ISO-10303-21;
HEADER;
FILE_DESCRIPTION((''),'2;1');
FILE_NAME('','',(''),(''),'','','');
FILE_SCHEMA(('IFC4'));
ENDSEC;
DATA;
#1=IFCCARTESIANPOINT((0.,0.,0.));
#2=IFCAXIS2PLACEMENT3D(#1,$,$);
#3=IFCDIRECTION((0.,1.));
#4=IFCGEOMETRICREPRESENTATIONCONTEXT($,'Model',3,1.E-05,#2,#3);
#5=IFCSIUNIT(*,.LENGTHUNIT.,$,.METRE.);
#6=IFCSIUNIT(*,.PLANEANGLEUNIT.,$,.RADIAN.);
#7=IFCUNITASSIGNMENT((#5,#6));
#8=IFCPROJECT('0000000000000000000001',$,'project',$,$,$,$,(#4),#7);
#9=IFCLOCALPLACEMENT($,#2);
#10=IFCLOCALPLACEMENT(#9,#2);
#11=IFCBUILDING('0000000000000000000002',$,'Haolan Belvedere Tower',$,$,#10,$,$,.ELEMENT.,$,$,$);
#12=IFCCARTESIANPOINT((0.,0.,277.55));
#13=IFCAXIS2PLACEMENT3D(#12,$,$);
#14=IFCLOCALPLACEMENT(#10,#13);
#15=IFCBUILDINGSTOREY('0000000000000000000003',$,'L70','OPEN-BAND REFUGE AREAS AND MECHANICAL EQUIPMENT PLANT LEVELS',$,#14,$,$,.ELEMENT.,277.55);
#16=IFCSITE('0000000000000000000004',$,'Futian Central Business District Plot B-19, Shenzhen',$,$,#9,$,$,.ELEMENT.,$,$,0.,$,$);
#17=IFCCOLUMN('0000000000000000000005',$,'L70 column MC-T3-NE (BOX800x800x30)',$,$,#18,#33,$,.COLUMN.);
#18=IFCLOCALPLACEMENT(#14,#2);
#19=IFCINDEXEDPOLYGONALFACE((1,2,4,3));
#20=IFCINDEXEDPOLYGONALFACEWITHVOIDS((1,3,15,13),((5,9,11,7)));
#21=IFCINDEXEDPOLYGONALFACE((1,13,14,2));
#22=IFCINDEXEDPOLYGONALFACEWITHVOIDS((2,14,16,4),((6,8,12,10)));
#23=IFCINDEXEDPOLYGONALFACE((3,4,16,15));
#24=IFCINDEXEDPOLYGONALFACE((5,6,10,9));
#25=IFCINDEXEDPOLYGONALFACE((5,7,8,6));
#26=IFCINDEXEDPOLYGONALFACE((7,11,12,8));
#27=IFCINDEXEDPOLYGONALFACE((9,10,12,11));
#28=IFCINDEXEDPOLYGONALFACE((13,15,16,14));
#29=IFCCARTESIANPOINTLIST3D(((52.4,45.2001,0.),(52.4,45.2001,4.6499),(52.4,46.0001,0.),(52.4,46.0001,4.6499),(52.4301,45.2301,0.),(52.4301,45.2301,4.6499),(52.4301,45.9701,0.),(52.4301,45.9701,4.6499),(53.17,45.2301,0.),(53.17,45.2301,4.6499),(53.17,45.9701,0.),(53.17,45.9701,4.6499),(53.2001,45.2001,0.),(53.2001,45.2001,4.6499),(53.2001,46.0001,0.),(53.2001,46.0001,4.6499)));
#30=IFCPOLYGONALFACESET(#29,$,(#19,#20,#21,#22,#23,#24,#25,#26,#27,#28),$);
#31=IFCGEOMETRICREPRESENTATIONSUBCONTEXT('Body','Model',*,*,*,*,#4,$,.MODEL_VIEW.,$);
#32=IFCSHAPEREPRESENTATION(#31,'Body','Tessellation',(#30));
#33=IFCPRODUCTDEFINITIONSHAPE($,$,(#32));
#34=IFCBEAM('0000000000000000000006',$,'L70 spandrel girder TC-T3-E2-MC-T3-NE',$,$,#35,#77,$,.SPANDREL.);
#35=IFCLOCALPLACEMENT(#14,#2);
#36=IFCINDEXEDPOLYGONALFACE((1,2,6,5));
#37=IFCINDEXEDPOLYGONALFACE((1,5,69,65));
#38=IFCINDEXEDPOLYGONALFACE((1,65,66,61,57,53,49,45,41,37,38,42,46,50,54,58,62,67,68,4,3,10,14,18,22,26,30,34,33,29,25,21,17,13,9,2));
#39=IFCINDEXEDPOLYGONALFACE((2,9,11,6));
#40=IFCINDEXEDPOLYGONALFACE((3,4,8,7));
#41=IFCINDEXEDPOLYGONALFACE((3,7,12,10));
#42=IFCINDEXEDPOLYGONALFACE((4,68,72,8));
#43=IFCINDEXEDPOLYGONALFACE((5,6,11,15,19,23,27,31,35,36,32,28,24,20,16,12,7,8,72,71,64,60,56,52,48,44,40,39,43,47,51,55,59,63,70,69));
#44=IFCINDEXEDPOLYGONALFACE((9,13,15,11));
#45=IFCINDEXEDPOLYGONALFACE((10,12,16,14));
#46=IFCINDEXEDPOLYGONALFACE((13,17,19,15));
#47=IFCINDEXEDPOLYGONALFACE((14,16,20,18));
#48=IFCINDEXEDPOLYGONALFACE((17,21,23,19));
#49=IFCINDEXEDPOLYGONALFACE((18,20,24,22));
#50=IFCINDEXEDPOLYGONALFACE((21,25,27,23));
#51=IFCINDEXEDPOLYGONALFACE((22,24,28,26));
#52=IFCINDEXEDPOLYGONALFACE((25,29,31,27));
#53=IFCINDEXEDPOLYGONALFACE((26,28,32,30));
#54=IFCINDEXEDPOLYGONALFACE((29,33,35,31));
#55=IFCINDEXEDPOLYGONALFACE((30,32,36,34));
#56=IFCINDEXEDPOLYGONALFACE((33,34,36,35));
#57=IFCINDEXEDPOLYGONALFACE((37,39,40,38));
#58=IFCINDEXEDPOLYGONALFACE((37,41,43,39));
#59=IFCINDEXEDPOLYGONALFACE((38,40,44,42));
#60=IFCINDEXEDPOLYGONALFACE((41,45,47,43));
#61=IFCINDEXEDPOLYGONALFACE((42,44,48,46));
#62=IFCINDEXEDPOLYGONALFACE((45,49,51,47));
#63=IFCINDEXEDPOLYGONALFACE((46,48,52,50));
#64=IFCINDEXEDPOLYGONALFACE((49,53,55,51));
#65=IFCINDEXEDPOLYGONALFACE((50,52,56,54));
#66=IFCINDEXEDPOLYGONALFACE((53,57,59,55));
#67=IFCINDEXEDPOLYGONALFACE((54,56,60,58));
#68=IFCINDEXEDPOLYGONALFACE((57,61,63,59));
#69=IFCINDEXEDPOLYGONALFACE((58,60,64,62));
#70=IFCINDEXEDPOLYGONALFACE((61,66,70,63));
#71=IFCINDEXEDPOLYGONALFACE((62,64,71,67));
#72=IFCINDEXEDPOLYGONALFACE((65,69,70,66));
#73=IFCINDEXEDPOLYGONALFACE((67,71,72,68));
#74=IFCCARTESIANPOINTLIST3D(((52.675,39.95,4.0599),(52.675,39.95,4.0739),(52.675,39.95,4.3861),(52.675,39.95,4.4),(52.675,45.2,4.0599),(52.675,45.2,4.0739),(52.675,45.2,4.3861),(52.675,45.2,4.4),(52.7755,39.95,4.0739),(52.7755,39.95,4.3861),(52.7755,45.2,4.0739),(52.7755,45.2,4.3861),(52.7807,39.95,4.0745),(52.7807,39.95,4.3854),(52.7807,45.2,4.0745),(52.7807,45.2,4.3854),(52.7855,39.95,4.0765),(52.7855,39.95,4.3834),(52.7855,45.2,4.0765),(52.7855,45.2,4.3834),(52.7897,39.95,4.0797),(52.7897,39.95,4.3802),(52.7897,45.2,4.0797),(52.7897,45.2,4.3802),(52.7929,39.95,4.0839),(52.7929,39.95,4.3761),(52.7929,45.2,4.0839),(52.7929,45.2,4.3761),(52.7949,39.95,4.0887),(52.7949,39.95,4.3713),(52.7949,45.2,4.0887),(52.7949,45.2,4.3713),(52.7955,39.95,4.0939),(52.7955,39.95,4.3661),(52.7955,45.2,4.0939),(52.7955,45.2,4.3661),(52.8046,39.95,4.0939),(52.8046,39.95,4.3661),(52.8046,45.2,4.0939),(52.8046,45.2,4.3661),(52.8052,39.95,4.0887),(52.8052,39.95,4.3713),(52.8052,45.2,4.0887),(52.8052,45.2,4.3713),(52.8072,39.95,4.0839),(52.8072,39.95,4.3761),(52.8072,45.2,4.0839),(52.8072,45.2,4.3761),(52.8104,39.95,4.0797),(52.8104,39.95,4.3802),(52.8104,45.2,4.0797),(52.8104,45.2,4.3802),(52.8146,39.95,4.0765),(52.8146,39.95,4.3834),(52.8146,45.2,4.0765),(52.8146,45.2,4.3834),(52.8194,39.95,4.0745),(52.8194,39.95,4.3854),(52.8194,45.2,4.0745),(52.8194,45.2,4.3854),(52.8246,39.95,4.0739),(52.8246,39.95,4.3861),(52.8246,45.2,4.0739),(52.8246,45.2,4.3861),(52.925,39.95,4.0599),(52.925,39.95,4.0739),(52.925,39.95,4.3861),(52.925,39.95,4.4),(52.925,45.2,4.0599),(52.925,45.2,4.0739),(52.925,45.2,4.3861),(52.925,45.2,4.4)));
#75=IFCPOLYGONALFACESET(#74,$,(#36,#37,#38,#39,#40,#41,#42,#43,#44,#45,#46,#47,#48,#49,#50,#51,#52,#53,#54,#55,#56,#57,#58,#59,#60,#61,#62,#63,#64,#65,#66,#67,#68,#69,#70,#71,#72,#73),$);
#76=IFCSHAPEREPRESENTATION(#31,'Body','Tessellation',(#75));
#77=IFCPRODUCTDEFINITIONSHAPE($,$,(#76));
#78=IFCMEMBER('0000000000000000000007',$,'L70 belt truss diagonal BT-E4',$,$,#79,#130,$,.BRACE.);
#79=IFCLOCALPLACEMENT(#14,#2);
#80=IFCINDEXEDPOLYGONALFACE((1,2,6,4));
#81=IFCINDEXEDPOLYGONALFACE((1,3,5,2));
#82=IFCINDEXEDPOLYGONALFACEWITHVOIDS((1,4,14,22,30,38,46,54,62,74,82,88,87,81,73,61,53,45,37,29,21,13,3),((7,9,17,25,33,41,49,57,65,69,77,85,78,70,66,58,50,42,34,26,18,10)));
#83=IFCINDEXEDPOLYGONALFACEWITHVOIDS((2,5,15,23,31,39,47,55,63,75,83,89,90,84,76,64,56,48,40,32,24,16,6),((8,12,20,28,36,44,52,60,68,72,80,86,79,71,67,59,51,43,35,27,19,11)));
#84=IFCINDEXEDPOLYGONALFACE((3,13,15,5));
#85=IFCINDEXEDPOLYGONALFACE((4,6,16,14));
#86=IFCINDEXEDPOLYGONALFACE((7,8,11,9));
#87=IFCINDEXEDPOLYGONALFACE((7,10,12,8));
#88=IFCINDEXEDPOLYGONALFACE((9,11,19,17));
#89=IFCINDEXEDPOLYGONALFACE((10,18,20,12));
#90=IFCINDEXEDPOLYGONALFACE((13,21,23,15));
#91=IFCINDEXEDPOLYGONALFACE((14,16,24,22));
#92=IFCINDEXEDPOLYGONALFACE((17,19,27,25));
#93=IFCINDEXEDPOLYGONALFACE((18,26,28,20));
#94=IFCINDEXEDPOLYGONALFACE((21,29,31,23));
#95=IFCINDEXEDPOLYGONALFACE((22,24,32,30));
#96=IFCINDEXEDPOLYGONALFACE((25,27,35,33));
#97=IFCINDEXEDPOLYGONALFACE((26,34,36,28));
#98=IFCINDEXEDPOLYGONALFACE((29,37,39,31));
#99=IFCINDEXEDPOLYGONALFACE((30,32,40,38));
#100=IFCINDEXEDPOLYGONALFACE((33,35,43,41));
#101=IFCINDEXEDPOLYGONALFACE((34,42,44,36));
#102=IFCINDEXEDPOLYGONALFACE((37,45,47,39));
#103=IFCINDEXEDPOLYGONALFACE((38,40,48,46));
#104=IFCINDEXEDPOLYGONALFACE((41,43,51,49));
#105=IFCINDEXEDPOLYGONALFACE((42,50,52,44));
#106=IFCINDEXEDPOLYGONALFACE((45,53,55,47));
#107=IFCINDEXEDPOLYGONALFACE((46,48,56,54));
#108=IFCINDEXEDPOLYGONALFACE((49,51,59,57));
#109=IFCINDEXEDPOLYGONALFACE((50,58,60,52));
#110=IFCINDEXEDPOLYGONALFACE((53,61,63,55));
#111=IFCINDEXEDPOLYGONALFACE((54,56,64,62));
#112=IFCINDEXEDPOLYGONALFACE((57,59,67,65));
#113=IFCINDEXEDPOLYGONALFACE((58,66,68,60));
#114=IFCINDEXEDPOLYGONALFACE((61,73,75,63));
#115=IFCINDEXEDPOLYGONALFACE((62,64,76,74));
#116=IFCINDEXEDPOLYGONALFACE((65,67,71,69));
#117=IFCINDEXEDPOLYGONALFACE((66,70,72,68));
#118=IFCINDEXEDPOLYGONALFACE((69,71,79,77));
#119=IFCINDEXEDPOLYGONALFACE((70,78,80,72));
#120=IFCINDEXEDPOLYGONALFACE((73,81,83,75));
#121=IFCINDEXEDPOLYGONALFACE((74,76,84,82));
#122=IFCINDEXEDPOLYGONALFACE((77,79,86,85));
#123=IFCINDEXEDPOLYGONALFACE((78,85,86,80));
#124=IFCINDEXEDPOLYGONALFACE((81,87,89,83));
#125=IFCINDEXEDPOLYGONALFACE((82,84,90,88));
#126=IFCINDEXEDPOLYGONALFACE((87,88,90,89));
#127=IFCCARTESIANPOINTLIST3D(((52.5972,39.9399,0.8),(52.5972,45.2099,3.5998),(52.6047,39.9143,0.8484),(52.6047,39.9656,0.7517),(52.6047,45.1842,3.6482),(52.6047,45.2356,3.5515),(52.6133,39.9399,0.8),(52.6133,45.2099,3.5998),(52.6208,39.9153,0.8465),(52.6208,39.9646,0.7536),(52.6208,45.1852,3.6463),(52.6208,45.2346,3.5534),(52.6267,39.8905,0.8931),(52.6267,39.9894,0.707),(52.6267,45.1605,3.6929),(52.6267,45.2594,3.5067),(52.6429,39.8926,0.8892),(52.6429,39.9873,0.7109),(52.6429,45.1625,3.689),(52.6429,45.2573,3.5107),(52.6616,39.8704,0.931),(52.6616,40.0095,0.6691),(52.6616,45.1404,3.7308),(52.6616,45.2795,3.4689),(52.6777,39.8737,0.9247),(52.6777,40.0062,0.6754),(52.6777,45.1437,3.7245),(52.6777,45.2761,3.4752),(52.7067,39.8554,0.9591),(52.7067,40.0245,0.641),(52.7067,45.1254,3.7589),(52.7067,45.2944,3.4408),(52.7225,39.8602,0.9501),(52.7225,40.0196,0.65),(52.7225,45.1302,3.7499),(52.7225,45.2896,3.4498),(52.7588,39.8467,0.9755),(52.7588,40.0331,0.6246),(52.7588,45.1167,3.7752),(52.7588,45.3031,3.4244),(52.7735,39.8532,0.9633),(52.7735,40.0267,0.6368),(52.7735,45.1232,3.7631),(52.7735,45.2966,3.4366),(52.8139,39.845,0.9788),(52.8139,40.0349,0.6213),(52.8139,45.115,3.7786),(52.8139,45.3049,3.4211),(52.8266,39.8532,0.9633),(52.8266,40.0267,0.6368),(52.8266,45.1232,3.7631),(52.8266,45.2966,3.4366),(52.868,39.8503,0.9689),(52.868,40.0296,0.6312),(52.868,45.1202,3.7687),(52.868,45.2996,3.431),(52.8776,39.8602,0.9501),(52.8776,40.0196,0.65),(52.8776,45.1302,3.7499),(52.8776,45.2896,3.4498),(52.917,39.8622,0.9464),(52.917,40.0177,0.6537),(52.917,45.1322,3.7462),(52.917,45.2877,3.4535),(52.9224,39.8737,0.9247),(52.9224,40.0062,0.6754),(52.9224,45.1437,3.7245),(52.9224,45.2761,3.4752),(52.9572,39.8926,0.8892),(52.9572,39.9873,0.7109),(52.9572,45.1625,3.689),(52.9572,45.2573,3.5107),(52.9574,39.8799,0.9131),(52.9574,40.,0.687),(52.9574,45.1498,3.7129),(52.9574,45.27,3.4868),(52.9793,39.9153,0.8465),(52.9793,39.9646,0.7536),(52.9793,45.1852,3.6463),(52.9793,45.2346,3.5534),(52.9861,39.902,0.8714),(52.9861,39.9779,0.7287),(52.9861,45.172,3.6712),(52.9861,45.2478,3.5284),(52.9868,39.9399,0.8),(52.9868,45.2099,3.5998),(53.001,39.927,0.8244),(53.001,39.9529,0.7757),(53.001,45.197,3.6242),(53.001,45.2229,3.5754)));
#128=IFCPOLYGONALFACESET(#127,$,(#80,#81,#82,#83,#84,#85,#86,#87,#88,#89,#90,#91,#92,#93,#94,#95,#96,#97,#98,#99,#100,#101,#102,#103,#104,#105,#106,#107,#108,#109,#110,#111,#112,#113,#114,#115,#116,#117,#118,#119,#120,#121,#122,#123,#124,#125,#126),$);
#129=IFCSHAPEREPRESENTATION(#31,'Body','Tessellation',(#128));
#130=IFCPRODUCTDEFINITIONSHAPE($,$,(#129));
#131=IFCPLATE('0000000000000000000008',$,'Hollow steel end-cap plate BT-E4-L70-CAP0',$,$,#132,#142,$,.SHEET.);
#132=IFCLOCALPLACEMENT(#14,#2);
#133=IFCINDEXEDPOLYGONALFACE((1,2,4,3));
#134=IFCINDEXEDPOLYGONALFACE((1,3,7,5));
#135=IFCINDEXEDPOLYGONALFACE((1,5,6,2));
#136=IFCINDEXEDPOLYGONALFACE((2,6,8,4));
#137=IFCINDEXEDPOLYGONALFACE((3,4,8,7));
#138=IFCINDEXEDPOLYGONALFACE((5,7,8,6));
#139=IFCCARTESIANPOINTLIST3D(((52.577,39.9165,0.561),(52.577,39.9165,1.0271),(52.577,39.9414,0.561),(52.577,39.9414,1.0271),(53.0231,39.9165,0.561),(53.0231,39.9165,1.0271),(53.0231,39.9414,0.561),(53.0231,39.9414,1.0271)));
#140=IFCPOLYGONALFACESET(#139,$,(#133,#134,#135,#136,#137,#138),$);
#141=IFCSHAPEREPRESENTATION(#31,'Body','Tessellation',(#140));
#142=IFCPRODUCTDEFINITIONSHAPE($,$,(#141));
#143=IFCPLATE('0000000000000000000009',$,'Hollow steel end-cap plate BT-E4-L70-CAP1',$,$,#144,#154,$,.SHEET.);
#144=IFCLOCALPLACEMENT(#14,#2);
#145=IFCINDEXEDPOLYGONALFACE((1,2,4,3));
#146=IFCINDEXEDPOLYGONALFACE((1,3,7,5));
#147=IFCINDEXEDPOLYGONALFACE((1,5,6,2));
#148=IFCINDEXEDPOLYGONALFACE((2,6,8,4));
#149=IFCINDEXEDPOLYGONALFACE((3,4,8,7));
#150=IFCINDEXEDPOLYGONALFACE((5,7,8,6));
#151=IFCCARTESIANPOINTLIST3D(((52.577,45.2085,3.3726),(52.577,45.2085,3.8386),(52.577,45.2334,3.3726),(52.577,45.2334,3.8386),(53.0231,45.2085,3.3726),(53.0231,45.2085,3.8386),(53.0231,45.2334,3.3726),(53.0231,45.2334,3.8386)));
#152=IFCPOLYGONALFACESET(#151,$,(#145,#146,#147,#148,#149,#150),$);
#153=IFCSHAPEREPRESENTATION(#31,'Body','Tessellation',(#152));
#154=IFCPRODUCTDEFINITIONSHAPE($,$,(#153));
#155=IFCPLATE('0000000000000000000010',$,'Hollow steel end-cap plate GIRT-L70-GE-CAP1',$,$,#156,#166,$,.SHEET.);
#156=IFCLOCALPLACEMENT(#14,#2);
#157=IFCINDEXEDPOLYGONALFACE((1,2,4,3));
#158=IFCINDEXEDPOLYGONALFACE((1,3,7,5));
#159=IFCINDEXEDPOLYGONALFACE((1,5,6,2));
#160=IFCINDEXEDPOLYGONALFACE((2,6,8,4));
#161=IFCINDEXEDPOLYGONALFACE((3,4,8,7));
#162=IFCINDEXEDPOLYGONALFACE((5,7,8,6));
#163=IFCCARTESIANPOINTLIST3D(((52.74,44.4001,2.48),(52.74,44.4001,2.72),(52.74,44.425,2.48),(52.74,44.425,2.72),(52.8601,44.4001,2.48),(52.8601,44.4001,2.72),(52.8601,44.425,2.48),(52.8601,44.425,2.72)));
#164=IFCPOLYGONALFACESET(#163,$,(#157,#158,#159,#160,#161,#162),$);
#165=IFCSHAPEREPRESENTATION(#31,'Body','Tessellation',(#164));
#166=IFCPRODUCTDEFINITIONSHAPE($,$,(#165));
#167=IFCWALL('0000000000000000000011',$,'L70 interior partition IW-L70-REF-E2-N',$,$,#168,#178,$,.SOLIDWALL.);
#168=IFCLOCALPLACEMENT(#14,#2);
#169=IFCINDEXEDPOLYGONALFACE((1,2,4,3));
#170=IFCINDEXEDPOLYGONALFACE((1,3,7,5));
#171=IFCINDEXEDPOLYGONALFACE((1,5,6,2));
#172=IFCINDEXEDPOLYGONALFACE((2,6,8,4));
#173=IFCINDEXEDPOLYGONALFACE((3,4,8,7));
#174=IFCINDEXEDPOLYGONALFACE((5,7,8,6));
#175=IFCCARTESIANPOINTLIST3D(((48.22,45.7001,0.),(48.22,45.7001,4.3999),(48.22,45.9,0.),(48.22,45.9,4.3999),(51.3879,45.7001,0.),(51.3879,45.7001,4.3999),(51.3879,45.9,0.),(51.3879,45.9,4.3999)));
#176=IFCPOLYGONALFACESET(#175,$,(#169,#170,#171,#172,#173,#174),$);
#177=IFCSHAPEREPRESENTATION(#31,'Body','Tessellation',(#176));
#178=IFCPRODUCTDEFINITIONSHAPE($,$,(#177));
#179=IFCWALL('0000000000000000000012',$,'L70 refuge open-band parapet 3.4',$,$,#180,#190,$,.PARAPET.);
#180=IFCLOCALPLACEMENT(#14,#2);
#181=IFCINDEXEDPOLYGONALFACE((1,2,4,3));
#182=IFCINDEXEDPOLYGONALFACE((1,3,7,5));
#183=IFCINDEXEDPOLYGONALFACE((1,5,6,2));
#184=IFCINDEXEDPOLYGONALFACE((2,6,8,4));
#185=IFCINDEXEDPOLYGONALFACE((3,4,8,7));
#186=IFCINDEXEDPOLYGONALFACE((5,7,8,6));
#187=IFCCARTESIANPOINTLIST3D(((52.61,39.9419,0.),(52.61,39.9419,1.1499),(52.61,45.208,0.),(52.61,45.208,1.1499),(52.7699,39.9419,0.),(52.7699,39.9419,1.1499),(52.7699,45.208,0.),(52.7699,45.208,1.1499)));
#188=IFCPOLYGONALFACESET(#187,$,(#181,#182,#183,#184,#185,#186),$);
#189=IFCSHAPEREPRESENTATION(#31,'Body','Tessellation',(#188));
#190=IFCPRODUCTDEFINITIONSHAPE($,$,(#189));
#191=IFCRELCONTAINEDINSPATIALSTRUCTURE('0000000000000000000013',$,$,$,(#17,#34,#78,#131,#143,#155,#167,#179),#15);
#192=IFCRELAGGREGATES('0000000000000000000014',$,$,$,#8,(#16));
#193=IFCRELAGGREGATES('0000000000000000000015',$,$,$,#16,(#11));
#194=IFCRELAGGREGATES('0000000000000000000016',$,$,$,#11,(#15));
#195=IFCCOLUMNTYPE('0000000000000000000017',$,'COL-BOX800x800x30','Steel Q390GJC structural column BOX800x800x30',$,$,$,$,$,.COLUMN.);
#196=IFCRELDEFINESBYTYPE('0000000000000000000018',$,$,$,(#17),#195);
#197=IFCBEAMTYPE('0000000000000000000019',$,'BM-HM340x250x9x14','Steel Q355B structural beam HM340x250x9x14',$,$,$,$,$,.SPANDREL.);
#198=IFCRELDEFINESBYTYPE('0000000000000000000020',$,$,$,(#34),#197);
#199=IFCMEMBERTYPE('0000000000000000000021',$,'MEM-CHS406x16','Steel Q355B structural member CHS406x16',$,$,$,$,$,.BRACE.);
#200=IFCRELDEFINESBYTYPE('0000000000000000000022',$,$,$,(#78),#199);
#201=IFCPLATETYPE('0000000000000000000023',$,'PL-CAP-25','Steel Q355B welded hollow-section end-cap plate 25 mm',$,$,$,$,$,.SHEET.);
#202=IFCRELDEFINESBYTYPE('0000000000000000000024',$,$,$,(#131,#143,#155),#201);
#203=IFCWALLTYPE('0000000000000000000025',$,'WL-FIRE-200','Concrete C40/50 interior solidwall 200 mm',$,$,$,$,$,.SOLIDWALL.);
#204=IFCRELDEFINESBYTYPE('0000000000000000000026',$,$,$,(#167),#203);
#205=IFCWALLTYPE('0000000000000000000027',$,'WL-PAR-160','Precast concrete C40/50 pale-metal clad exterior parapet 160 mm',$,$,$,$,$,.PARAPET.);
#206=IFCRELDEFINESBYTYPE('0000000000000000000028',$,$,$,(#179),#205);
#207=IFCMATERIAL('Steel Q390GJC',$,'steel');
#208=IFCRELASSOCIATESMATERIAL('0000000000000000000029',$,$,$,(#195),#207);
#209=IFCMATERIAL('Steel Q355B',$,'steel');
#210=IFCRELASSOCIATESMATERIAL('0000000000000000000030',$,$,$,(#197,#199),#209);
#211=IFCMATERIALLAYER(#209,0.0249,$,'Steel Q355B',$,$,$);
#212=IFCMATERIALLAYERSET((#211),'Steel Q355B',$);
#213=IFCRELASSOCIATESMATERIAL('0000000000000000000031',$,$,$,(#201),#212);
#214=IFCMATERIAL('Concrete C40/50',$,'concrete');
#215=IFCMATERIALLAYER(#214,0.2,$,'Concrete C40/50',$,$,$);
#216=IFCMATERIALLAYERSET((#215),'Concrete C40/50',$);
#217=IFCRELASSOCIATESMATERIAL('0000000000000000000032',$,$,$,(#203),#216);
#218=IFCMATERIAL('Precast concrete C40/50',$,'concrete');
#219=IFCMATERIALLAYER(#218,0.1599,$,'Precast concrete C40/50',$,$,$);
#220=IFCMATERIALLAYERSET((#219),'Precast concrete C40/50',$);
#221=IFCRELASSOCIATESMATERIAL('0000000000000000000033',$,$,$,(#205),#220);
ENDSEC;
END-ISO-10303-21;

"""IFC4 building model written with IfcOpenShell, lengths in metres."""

from ifc_helpers import new_model, si_unit, direction, frame, frame_2d, origin, origin_2d, place, context, subcontext, project, spatial, rectangle, hollow_rectangle, hollow_circle, i_section, extrude, material, layer, layer_set, material_profile, profile_set, type_object, element, save


model = new_model("IFC4")

# Units and contexts
model_context = context("Model", 3, precision=1e-05, world=origin(), true_north=direction((0.0, 1.0)))
body_context = subcontext(model_context, "Body", "Model", "MODEL_VIEW")
ifc_project = project(units=[si_unit("LENGTHUNIT", "METRE"), si_unit("PLANEANGLEUNIT", "RADIAN")], contexts=[model_context])

# Site, building, storey
site_placement = place(None, origin())
site = spatial("IfcSite", under=ifc_project, at=site_placement, Name="Futian Central Business District Plot B-19, Shenzhen", CompositionType="ELEMENT", RefElevation=0.0)
building_placement = place(site_placement, origin())
building = spatial("IfcBuilding", under=site, at=building_placement, Name="Haolan Belvedere Tower", CompositionType="ELEMENT")
storey_placement = place(building_placement, frame((0.0, 0.0, 277.55)))
storey = spatial("IfcBuildingStorey", under=building, at=storey_placement, Name="L70", Description="OPEN-BAND REFUGE AREAS AND MECHANICAL EQUIPMENT PLANT LEVELS", CompositionType="ELEMENT", Elevation=277.55)

# Column
ifc_material_1 = material(Name="Steel Q390GJC", Category="steel")
ifc_material_profile_1 = material_profile(ifc_material_1, hollow_rectangle(XDim=0.8, YDim=0.8, WallThickness=0.03, at=origin_2d()), Name="Steel Q390GJC")
ifc_profile_set_1 = profile_set([ifc_material_profile_1], Name="Steel Q390GJC")
column_type = type_object("IfcColumnType", Name="COL-BOX800x800x30", Description="Steel Q390GJC structural column BOX800x800x30", PredefinedType="COLUMN", material=ifc_profile_set_1)
column_placement = place(storey_placement, frame((52.8, 45.6001, 0.0), z_axis=(0.0, 0.0, 1.0), x_axis=(1.0, 0.0, 0.0)))
element("IfcColumn", 1, at=column_placement, inside=storey, type_object=column_type, Name="L70 column MC-T3-NE (BOX800x800x30)", PredefinedType="COLUMN", context=body_context, shape_type="SweptSolid", body=[
    extrude(hollow_rectangle(XDim=0.8, YDim=0.8, WallThickness=0.03, at=origin_2d()), origin(), (0.0, 0.0, 1.0), 4.6499),
])

# Beam
ifc_material_2 = material(Name="Steel Q355B", Category="steel")
ifc_material_profile_2 = material_profile(ifc_material_2, i_section(OverallWidth=0.25, OverallDepth=0.3401, WebThickness=0.009, FlangeThickness=0.0139, FilletRadius=0.02, at=origin_2d()), Name="Steel Q355B")
ifc_profile_set_2 = profile_set([ifc_material_profile_2], Name="Steel Q355B")
beam_type = type_object("IfcBeamType", Name="BM-HM340x250x9x14", Description="Steel Q355B structural beam HM340x250x9x14", PredefinedType="SPANDREL", material=ifc_profile_set_2)
beam_placement = place(storey_placement, frame((52.8, 39.95, 4.23), z_axis=(0.0, 1.0, 0.0), x_axis=(-1.0, 0.0, 0.0)))
element("IfcBeam", 2, at=beam_placement, inside=storey, type_object=beam_type, Name="L70 spandrel girder TC-T3-E2-MC-T3-NE", PredefinedType="SPANDREL", context=body_context, shape_type="SweptSolid", body=[
    extrude(i_section(OverallWidth=0.25, OverallDepth=0.3401, WebThickness=0.009, FlangeThickness=0.0139, FilletRadius=0.02, at=origin_2d()), origin(), (0.0, 0.0, 1.0), 5.25),
])

# Member
ifc_material_profile_3 = material_profile(ifc_material_2, hollow_circle(Radius=0.2029, WallThickness=0.0161, at=origin_2d()), Name="Steel Q355B")
ifc_profile_set_3 = profile_set([ifc_material_profile_3], Name="Steel Q355B")
member_type = type_object("IfcMemberType", Name="MEM-CHS406x16", Description="Steel Q355B structural member CHS406x16", PredefinedType="BRACE", material=ifc_profile_set_3)
member_placement = place(storey_placement, frame((52.8, 39.9399, 0.8), z_axis=(0.0, 0.883108, 0.469169), x_axis=(-1.0, 0.0, 0.0)))
element("IfcMember", 3, at=member_placement, inside=storey, type_object=member_type, Name="L70 belt truss diagonal BT-E4", PredefinedType="BRACE", context=body_context, shape_type="SweptSolid", body=[
    extrude(hollow_circle(Radius=0.2029, WallThickness=0.0161, at=origin_2d()), origin(), (0.0, 0.0, 1.0), 5.9675),
])

# Plates
ifc_layer_1 = layer(ifc_material_2, 0.0249, Name="Steel Q355B")
ifc_layer_set_1 = layer_set([ifc_layer_1], Name="Steel Q355B")
plate_type = type_object("IfcPlateType", Name="PL-CAP-25", Description="Steel Q355B welded hollow-section end-cap plate 25 mm", PredefinedType="SHEET", material=ifc_layer_set_1)
for number, where, z_axis, x_axis, name in (
    (4, (52.8, 39.929, 0.561), (0.0, 0.0, 1.0), (1.0, 0.0, 0.0), "Hollow steel end-cap plate BT-E4-L70-CAP0"),
    (5, (52.8, 45.2209, 3.3726), (0.0, 0.0, 1.0), (-1.0, 0.0, 0.0), "Hollow steel end-cap plate BT-E4-L70-CAP1"),
):
    element("IfcPlate", number, at=place(storey_placement, frame(where, z_axis=z_axis, x_axis=x_axis)), inside=storey, type_object=plate_type, Name=name, PredefinedType="SHEET", context=body_context, shape_type="SweptSolid", body=[
        extrude(rectangle(XDim=0.446, YDim=0.0249, at=origin_2d()), origin(), (0.0, 0.0, 1.0), 0.4661),
    ])
plate_placement = place(storey_placement, frame((52.8, 44.4126, 2.48), z_axis=(0.0, 0.0, 1.0), x_axis=(-1.0, 0.0, 0.0)))
element("IfcPlate", 6, at=plate_placement, inside=storey, type_object=plate_type, Name="Hollow steel end-cap plate GIRT-L70-GE-CAP1", PredefinedType="SHEET", context=body_context, shape_type="SweptSolid", body=[
    extrude(rectangle(XDim=0.1201, YDim=0.0249, at=origin_2d()), origin(), (0.0, 0.0, 1.0), 0.24),
])

# Walls
ifc_material_3 = material(Name="Concrete C40/50", Category="concrete")
ifc_layer_2 = layer(ifc_material_3, 0.2, Name="Concrete C40/50")
ifc_layer_set_2 = layer_set([ifc_layer_2], Name="Concrete C40/50")
wall_type_1 = type_object("IfcWallType", Name="WL-FIRE-200", Description="Concrete C40/50 interior solidwall 200 mm", PredefinedType="SOLIDWALL", material=ifc_layer_set_2)
wall_1_placement = place(storey_placement, frame((48.22, 45.8, 0.0), z_axis=(0.0, 0.0, 1.0), x_axis=(1.0, 0.0, 0.0)))
element("IfcWall", 7, at=wall_1_placement, inside=storey, type_object=wall_type_1, Name="L70 interior partition IW-L70-REF-E2-N", PredefinedType="SOLIDWALL", context=body_context, shape_type="SweptSolid", body=[
    extrude(rectangle(XDim=3.168, YDim=0.2, at=frame_2d((1.584, 0.0))), origin(), (0.0, 0.0, 1.0), 4.3999),
])
ifc_material_4 = material(Name="Precast concrete C40/50", Category="concrete")
ifc_layer_3 = layer(ifc_material_4, 0.1599, Name="Precast concrete C40/50")
ifc_layer_set_3 = layer_set([ifc_layer_3], Name="Precast concrete C40/50")
wall_type_2 = type_object("IfcWallType", Name="WL-PAR-160", Description="Precast concrete C40/50 pale-metal clad exterior parapet 160 mm", PredefinedType="PARAPET", material=ifc_layer_set_3)
wall_2_placement = place(storey_placement, frame((52.6899, 39.9419, 0.0), z_axis=(0.0, 0.0, 1.0), x_axis=(0.0, 1.0, 0.0)))
element("IfcWall", 8, at=wall_2_placement, inside=storey, type_object=wall_type_2, Name="L70 refuge open-band parapet 3.4", PredefinedType="PARAPET", context=body_context, shape_type="SweptSolid", body=[
    extrude(rectangle(XDim=5.2661, YDim=0.1599, at=frame_2d((2.6331, 0.0))), origin(), (0.0, 0.0, 1.0), 1.1499),
])

save(model, "model.ifc")
